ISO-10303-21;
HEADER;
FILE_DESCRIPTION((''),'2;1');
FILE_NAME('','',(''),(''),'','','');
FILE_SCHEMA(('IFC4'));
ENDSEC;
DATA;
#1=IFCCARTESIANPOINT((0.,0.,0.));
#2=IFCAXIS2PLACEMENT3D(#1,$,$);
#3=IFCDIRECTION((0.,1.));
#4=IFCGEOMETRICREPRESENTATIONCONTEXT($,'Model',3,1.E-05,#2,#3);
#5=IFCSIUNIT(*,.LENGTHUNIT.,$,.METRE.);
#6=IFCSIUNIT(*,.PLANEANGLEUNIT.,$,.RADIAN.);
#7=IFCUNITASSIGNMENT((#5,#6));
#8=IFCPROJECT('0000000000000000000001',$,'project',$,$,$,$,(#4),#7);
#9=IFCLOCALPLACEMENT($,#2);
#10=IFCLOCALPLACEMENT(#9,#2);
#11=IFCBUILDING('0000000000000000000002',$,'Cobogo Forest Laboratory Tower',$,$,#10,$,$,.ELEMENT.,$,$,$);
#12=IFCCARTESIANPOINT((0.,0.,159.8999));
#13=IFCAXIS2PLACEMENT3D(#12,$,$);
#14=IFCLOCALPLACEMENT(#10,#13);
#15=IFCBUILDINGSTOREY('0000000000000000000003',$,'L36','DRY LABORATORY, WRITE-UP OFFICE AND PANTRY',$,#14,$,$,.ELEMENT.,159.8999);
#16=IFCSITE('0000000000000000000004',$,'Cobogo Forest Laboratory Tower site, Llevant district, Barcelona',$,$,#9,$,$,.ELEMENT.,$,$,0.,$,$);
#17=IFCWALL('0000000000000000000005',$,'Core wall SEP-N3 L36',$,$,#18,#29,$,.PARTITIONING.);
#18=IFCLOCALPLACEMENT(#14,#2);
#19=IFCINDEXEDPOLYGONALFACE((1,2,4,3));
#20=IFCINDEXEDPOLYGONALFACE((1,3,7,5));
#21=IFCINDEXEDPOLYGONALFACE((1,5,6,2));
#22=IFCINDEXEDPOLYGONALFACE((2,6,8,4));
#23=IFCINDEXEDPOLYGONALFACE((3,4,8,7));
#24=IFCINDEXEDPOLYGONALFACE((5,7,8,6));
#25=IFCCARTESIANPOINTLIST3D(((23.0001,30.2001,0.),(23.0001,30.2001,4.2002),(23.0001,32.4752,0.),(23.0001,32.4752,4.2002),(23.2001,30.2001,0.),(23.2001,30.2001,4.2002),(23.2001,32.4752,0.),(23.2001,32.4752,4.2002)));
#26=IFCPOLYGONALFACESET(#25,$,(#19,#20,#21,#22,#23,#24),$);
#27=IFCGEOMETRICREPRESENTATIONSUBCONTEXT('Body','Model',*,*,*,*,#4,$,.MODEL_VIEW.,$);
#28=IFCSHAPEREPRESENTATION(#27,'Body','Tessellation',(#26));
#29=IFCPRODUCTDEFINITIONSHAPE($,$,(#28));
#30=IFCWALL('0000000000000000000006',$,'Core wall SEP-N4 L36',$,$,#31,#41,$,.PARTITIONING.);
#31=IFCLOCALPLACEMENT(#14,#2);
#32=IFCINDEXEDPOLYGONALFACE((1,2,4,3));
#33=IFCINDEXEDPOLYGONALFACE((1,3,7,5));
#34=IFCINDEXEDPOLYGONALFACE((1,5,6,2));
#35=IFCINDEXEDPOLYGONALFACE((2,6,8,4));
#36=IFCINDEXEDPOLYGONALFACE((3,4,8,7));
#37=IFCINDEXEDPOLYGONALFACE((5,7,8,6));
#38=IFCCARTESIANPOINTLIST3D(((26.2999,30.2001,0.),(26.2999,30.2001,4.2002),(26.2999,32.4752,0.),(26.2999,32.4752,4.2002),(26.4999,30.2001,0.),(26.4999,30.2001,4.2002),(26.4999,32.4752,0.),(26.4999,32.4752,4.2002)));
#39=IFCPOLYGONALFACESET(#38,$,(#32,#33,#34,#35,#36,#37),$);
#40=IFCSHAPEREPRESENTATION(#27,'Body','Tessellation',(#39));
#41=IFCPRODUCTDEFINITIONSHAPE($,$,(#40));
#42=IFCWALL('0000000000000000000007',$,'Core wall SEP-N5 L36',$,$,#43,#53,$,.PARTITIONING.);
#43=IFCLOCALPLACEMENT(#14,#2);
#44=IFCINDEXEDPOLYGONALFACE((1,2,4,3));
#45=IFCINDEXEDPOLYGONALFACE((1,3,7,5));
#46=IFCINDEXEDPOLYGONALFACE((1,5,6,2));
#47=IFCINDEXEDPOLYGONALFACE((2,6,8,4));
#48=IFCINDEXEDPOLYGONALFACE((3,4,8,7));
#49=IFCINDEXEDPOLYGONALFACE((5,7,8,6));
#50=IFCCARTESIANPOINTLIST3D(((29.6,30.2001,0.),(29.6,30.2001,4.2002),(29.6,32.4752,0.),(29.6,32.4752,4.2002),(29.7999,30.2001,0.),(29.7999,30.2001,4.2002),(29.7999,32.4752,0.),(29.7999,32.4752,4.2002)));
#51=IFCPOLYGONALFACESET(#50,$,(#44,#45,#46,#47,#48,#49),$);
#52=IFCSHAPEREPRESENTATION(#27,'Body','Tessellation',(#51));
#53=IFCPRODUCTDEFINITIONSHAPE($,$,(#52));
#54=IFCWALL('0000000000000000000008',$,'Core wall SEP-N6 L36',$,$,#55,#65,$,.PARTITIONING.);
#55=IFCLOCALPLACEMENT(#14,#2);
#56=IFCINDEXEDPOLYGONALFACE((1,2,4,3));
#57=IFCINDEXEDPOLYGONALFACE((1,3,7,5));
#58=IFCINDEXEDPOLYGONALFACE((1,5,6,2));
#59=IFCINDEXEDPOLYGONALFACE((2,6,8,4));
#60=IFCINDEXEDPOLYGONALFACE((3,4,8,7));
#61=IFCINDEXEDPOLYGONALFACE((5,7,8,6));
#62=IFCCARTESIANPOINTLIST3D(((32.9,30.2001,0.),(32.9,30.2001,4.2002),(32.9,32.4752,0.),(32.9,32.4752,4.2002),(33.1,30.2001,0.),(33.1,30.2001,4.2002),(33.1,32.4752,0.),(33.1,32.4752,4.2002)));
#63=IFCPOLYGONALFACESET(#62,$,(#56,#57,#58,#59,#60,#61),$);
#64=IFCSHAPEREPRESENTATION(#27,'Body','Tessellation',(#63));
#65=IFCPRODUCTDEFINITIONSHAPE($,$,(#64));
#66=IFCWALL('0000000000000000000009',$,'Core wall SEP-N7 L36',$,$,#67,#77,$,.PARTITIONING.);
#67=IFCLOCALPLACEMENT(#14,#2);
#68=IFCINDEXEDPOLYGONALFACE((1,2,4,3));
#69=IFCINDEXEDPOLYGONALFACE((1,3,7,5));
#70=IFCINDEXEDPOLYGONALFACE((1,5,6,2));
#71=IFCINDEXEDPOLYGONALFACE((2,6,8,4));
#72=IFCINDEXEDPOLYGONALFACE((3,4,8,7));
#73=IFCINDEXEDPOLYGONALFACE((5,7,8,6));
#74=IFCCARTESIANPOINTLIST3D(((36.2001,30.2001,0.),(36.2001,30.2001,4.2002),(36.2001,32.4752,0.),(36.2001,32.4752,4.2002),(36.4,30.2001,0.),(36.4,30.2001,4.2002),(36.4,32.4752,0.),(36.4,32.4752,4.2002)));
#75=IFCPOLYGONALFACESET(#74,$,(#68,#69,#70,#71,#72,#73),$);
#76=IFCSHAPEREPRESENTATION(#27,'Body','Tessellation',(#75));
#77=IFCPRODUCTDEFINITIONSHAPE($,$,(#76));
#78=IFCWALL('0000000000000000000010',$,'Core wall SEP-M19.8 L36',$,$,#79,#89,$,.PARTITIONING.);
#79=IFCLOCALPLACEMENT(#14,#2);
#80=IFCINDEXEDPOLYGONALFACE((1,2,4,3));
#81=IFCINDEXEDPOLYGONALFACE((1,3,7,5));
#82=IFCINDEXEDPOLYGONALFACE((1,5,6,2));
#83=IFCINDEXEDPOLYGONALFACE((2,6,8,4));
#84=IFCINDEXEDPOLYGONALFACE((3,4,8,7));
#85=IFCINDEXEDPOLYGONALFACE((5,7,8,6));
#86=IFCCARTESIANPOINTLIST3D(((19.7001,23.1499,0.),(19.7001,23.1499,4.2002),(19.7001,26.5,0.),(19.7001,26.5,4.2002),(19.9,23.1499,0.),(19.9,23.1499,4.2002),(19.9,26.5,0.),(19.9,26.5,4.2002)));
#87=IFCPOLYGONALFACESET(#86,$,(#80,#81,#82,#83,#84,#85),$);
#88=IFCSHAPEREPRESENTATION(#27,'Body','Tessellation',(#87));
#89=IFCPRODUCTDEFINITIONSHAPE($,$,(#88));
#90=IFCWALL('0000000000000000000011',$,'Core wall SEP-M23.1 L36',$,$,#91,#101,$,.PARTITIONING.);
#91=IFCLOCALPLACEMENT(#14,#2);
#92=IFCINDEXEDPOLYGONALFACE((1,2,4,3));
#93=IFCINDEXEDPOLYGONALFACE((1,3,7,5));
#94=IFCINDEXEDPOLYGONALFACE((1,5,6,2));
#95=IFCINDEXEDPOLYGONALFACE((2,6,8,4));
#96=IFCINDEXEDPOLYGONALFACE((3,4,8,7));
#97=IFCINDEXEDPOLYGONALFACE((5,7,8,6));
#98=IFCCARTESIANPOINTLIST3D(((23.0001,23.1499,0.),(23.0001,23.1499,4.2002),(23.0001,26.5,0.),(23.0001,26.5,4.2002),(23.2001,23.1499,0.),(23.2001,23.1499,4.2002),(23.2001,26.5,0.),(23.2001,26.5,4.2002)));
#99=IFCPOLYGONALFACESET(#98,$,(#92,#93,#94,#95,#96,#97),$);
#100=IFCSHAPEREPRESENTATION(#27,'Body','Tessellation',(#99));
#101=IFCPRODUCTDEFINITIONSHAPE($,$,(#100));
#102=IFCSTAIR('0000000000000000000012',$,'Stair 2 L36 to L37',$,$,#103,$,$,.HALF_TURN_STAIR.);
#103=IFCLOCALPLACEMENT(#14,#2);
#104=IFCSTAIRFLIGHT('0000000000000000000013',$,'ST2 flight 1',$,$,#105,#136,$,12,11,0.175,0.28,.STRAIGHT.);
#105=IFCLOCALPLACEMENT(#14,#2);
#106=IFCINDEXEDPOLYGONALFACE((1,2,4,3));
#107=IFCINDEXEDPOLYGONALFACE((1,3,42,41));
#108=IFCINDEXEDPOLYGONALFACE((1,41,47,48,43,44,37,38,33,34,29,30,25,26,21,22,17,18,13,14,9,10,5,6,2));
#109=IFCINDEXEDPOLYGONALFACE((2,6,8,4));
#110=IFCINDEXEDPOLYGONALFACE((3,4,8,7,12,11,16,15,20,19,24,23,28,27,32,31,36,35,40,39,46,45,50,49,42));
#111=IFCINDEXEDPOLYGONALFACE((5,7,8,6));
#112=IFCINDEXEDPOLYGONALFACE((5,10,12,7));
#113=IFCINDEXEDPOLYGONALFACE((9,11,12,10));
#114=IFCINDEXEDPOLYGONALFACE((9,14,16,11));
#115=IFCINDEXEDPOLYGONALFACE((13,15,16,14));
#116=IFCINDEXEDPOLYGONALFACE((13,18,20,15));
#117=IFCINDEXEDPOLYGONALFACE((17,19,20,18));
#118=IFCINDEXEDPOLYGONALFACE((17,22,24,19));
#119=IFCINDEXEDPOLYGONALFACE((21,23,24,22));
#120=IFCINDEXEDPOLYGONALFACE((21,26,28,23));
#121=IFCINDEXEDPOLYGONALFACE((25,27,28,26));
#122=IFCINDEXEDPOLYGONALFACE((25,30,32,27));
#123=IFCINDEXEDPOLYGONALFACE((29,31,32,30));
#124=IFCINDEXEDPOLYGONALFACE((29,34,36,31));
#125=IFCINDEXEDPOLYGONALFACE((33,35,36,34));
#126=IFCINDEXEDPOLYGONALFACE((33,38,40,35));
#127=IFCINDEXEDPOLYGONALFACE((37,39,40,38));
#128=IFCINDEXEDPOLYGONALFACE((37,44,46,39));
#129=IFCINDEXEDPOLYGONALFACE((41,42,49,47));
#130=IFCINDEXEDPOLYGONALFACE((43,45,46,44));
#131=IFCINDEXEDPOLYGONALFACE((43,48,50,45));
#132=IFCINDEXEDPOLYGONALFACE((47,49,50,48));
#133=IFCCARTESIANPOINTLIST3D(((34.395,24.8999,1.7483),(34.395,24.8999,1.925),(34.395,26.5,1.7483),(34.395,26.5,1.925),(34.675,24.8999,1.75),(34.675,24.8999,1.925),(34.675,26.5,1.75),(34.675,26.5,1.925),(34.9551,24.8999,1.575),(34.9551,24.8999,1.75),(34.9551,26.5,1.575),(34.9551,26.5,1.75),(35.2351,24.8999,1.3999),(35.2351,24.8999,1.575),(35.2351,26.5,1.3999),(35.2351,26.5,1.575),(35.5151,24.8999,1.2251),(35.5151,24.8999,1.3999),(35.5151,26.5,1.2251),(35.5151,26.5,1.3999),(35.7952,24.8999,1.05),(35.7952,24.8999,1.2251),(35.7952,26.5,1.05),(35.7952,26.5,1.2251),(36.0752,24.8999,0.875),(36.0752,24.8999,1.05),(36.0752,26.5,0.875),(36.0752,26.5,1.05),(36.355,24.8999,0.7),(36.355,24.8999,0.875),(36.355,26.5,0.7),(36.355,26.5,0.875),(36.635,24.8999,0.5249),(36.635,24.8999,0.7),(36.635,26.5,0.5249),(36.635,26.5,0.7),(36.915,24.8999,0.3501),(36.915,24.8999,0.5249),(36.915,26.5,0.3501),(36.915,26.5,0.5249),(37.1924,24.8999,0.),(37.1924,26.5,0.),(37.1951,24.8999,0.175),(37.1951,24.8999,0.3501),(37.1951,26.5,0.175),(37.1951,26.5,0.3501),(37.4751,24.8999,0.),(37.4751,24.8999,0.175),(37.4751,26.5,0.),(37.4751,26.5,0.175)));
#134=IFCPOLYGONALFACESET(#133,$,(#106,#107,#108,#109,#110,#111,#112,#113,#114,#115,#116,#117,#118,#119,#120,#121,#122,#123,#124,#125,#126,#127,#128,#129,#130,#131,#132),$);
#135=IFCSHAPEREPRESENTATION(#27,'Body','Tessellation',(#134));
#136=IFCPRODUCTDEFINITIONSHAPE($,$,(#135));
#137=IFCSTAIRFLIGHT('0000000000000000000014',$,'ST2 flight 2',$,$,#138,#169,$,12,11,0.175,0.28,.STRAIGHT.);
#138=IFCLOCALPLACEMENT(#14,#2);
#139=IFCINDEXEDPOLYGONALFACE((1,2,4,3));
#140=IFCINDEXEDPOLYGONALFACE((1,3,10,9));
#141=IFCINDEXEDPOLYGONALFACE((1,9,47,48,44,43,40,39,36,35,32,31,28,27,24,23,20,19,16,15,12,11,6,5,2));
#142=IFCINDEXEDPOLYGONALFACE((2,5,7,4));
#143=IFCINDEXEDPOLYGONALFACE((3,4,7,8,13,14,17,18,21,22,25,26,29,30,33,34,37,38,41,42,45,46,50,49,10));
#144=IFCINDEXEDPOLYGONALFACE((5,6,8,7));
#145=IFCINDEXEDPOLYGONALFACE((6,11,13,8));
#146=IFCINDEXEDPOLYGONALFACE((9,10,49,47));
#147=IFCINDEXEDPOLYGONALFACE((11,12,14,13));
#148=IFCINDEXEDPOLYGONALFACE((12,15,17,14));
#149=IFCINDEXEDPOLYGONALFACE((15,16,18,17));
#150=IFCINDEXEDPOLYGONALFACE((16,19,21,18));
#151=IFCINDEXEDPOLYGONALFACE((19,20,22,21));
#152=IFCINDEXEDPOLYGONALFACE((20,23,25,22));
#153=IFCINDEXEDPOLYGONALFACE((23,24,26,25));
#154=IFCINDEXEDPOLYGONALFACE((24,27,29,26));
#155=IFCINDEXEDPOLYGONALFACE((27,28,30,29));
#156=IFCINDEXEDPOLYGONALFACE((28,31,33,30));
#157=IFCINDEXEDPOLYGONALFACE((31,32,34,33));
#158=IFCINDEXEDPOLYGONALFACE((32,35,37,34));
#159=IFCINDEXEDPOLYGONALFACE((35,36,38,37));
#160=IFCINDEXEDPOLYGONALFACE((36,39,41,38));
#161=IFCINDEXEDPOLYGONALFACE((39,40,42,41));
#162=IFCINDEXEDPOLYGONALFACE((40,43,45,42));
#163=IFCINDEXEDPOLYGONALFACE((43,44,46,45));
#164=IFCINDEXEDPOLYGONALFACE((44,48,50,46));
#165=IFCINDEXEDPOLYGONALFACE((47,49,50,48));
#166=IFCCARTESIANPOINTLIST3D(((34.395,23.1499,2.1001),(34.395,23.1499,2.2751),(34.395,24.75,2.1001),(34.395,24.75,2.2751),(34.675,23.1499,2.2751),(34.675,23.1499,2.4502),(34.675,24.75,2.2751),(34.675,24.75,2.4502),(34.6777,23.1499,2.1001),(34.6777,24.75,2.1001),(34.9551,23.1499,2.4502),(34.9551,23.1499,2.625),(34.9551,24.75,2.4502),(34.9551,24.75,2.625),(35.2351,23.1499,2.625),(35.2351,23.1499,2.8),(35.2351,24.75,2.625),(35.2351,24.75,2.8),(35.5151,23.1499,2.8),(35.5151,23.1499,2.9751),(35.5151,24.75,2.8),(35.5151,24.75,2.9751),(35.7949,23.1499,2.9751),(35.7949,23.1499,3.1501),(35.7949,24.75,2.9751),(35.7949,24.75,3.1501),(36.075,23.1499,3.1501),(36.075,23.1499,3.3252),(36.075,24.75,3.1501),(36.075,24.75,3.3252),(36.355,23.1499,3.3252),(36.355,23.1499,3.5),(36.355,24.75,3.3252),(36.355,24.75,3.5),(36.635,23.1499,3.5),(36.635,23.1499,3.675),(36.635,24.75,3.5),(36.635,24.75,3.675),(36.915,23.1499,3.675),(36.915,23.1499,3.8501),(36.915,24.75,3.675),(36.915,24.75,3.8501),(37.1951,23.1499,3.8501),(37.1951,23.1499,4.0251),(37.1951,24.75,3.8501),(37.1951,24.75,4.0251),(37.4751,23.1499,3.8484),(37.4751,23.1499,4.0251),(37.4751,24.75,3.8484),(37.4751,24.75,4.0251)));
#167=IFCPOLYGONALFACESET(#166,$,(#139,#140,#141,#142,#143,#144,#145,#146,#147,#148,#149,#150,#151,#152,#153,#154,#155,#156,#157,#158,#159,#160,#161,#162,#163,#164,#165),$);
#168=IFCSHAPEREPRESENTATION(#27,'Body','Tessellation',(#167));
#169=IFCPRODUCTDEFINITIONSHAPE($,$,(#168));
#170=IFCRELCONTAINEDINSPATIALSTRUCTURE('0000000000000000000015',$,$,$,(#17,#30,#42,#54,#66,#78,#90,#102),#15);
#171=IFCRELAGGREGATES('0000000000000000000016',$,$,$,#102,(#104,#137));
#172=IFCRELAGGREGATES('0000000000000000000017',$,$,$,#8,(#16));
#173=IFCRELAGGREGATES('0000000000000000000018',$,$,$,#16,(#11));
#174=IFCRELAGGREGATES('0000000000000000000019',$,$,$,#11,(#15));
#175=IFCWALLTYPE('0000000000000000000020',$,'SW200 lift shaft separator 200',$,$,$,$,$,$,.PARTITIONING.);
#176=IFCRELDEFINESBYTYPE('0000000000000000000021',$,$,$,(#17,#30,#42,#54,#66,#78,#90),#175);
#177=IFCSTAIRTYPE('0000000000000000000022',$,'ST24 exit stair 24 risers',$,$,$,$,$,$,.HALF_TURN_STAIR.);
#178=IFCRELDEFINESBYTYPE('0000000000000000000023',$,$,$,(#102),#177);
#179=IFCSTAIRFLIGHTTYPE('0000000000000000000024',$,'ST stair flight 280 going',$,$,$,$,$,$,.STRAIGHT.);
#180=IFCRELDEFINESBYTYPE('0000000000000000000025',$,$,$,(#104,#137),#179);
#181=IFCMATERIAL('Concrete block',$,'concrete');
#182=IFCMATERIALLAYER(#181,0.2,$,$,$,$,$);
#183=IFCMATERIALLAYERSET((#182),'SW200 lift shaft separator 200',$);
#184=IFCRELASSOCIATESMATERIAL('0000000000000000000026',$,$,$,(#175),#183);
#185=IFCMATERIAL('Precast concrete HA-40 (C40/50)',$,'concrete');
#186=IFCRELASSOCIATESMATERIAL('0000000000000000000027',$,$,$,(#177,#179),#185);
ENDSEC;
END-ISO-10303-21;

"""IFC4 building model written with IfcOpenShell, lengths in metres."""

from ifc_helpers import new_model, si_unit, direction, frame, frame_2d, origin, place, context, subcontext, project, spatial, polyline, rectangle, outline, extrude, material, layer, layer_set, type_object, element, aggregate, save


model = new_model("IFC4")

# Units and contexts
model_context = context("Model", 3, precision=1e-05, world=origin(), true_north=direction((0.0, 1.0)))
body_context = subcontext(model_context, "Body", "Model", "MODEL_VIEW")
ifc_project = project(units=[si_unit("LENGTHUNIT", "METRE"), si_unit("PLANEANGLEUNIT", "RADIAN")], contexts=[model_context])

# Site, building, storey
site_placement = place(None, origin())
site = spatial("IfcSite", under=ifc_project, at=site_placement, Name="Cobogo Forest Laboratory Tower site, Llevant district, Barcelona", CompositionType="ELEMENT", RefElevation=0.0)
building_placement = place(site_placement, origin())
building = spatial("IfcBuilding", under=site, at=building_placement, Name="Cobogo Forest Laboratory Tower", CompositionType="ELEMENT")
storey_placement = place(building_placement, frame((0.0, 0.0, 159.8999)))
storey = spatial("IfcBuildingStorey", under=building, at=storey_placement, Name="L36", Description="DRY LABORATORY, WRITE-UP OFFICE AND PANTRY", CompositionType="ELEMENT", Elevation=159.8999)

# Walls
ifc_material_1 = material(Name="Concrete block", Category="concrete")
ifc_layer_1 = layer(ifc_material_1, 0.2)
ifc_layer_set_1 = layer_set([ifc_layer_1], Name="SW200 lift shaft separator 200")
wall_type_1 = type_object("IfcWallType", Name="SW200 lift shaft separator 200", PredefinedType="PARTITIONING", material=ifc_layer_set_1)
for number, where, z_axis, x_axis, name in (
    (1, (23.1001, 30.2, 0.0), (0.0, 0.0, 1.0), (0.0, 1.0, 0.0), "Core wall SEP-N3 L36"),
    (2, (26.3999, 30.2, 0.0), (0.0, 0.0, 1.0), (0.0, 1.0, 0.0), "Core wall SEP-N4 L36"),
    (3, (29.7, 30.2, 0.0), (0.0, 0.0, 1.0), (0.0, 1.0, 0.0), "Core wall SEP-N5 L36"),
    (4, (33.0, 30.2, 0.0), (0.0, 0.0, 1.0), (0.0, 1.0, 0.0), "Core wall SEP-N6 L36"),
    (5, (36.3, 30.2, 0.0), (0.0, 0.0, 1.0), (0.0, 1.0, 0.0), "Core wall SEP-N7 L36"),
):
    element("IfcWall", number, at=place(storey_placement, frame(where, z_axis=z_axis, x_axis=x_axis)), inside=storey, type_object=wall_type_1, Name=name, PredefinedType="PARTITIONING", context=body_context, shape_type="SweptSolid", body=[
        extrude(rectangle(XDim=2.2751, YDim=0.2, at=frame_2d((1.1377, 0.0))), origin(), (0.0, 0.0, 1.0), 4.2002),
    ])
for number, where, z_axis, x_axis, name in (
    (6, (19.8, 23.1499, 0.0), (0.0, 0.0, 1.0), (0.0, 1.0, 0.0), "Core wall SEP-M19.8 L36"),
    (7, (23.1001, 23.1499, 0.0), (0.0, 0.0, 1.0), (0.0, 1.0, 0.0), "Core wall SEP-M23.1 L36"),
):
    element("IfcWall", number, at=place(storey_placement, frame(where, z_axis=z_axis, x_axis=x_axis)), inside=storey, type_object=wall_type_1, Name=name, PredefinedType="PARTITIONING", context=body_context, shape_type="SweptSolid", body=[
        extrude(rectangle(XDim=3.3501, YDim=0.2, at=frame_2d((1.675, 0.0))), origin(), (0.0, 0.0, 1.0), 4.2002),
    ])

# Stair, stair flights
ifc_material_2 = material(Name="Precast concrete HA-40 (C40/50)", Category="concrete")
stair_type = type_object("IfcStairType", Name="ST24 exit stair 24 risers", PredefinedType="HALF_TURN_STAIR", material=ifc_material_2)
stair_placement = place(storey_placement, origin())
stair = element("IfcStair", 8, at=stair_placement, inside=storey, type_object=stair_type, Name="Stair 2 L36 to L37", PredefinedType="HALF_TURN_STAIR")
stair_flight_type = type_object("IfcStairFlightType", Name="ST stair flight 280 going", PredefinedType="STRAIGHT", material=ifc_material_2)
stair_flight_1_placement = place(storey_placement, frame((37.4751, 25.7, 0.0), z_axis=(0.0, 0.0, 1.0), x_axis=(-1.0, 0.0, 0.0)))
stair_flight_1 = element("IfcStairFlight", 9, at=stair_flight_1_placement, type_object=stair_flight_type, Name="ST2 flight 1", NumberOfRisers=12, NumberOfTreads=11, PredefinedType="STRAIGHT", RiserHeight=0.175, TreadLength=0.28, context=body_context, shape_type="SweptSolid", body=[
    extrude(outline(polyline([(0.0, 0.0), (0.0, 0.175), (0.28, 0.175), (0.28, 0.3501), (0.5601, 0.3501), (0.5601, 0.5249), (0.8401, 0.5249), (0.8401, 0.7), (1.1201, 0.7), (1.1201, 0.875), (1.3999, 0.875), (1.3999, 1.05), (1.6799, 1.05), (1.6799, 1.2251), (1.96, 1.2251), (1.96, 1.3999), (2.24, 1.3999), (2.24, 1.575), (2.52, 1.575), (2.52, 1.75), (2.8, 1.75), (2.8, 1.925), (3.0801, 1.925), (3.0801, 2.1001), (3.0801, 1.7483), (0.2827, 0.0), (0.0, 0.0)])), frame((0.0, 0.8, 0.0), z_axis=(0.0, -1.0, 0.0), x_axis=(1.0, 0.0, 0.0)), (0.0, 0.0, 1.0), 1.6001),
])
stair_flight_2_placement = place(storey_placement, frame((34.395, 23.95, 2.1001), z_axis=(0.0, 0.0, 1.0), x_axis=(1.0, 0.0, 0.0)))
stair_flight_2 = element("IfcStairFlight", 10, at=stair_flight_2_placement, type_object=stair_flight_type, Name="ST2 flight 2", NumberOfRisers=12, NumberOfTreads=11, PredefinedType="STRAIGHT", RiserHeight=0.175, TreadLength=0.28, context=body_context, shape_type="SweptSolid", body=[
    extrude(outline(polyline([(0.0, 0.0), (0.0, 0.175), (0.28, 0.175), (0.28, 0.3501), (0.5601, 0.3501), (0.5601, 0.5249), (0.8401, 0.5249), (0.8401, 0.7), (1.1201, 0.7), (1.1201, 0.875), (1.3999, 0.875), (1.3999, 1.05), (1.6799, 1.05), (1.6799, 1.2251), (1.96, 1.2251), (1.96, 1.3999), (2.24, 1.3999), (2.24, 1.575), (2.52, 1.575), (2.52, 1.75), (2.8, 1.75), (2.8, 1.925), (3.0801, 1.925), (3.0801, 2.1001), (3.0801, 1.7483), (0.2827, 0.0), (0.0, 0.0)])), frame((0.0, 0.8, 0.0), z_axis=(0.0, -1.0, 0.0), x_axis=(1.0, 0.0, 0.0)), (0.0, 0.0, 1.0), 1.6001),
])
aggregate(stair, [stair_flight_1, stair_flight_2])

save(model, "model.ifc")
